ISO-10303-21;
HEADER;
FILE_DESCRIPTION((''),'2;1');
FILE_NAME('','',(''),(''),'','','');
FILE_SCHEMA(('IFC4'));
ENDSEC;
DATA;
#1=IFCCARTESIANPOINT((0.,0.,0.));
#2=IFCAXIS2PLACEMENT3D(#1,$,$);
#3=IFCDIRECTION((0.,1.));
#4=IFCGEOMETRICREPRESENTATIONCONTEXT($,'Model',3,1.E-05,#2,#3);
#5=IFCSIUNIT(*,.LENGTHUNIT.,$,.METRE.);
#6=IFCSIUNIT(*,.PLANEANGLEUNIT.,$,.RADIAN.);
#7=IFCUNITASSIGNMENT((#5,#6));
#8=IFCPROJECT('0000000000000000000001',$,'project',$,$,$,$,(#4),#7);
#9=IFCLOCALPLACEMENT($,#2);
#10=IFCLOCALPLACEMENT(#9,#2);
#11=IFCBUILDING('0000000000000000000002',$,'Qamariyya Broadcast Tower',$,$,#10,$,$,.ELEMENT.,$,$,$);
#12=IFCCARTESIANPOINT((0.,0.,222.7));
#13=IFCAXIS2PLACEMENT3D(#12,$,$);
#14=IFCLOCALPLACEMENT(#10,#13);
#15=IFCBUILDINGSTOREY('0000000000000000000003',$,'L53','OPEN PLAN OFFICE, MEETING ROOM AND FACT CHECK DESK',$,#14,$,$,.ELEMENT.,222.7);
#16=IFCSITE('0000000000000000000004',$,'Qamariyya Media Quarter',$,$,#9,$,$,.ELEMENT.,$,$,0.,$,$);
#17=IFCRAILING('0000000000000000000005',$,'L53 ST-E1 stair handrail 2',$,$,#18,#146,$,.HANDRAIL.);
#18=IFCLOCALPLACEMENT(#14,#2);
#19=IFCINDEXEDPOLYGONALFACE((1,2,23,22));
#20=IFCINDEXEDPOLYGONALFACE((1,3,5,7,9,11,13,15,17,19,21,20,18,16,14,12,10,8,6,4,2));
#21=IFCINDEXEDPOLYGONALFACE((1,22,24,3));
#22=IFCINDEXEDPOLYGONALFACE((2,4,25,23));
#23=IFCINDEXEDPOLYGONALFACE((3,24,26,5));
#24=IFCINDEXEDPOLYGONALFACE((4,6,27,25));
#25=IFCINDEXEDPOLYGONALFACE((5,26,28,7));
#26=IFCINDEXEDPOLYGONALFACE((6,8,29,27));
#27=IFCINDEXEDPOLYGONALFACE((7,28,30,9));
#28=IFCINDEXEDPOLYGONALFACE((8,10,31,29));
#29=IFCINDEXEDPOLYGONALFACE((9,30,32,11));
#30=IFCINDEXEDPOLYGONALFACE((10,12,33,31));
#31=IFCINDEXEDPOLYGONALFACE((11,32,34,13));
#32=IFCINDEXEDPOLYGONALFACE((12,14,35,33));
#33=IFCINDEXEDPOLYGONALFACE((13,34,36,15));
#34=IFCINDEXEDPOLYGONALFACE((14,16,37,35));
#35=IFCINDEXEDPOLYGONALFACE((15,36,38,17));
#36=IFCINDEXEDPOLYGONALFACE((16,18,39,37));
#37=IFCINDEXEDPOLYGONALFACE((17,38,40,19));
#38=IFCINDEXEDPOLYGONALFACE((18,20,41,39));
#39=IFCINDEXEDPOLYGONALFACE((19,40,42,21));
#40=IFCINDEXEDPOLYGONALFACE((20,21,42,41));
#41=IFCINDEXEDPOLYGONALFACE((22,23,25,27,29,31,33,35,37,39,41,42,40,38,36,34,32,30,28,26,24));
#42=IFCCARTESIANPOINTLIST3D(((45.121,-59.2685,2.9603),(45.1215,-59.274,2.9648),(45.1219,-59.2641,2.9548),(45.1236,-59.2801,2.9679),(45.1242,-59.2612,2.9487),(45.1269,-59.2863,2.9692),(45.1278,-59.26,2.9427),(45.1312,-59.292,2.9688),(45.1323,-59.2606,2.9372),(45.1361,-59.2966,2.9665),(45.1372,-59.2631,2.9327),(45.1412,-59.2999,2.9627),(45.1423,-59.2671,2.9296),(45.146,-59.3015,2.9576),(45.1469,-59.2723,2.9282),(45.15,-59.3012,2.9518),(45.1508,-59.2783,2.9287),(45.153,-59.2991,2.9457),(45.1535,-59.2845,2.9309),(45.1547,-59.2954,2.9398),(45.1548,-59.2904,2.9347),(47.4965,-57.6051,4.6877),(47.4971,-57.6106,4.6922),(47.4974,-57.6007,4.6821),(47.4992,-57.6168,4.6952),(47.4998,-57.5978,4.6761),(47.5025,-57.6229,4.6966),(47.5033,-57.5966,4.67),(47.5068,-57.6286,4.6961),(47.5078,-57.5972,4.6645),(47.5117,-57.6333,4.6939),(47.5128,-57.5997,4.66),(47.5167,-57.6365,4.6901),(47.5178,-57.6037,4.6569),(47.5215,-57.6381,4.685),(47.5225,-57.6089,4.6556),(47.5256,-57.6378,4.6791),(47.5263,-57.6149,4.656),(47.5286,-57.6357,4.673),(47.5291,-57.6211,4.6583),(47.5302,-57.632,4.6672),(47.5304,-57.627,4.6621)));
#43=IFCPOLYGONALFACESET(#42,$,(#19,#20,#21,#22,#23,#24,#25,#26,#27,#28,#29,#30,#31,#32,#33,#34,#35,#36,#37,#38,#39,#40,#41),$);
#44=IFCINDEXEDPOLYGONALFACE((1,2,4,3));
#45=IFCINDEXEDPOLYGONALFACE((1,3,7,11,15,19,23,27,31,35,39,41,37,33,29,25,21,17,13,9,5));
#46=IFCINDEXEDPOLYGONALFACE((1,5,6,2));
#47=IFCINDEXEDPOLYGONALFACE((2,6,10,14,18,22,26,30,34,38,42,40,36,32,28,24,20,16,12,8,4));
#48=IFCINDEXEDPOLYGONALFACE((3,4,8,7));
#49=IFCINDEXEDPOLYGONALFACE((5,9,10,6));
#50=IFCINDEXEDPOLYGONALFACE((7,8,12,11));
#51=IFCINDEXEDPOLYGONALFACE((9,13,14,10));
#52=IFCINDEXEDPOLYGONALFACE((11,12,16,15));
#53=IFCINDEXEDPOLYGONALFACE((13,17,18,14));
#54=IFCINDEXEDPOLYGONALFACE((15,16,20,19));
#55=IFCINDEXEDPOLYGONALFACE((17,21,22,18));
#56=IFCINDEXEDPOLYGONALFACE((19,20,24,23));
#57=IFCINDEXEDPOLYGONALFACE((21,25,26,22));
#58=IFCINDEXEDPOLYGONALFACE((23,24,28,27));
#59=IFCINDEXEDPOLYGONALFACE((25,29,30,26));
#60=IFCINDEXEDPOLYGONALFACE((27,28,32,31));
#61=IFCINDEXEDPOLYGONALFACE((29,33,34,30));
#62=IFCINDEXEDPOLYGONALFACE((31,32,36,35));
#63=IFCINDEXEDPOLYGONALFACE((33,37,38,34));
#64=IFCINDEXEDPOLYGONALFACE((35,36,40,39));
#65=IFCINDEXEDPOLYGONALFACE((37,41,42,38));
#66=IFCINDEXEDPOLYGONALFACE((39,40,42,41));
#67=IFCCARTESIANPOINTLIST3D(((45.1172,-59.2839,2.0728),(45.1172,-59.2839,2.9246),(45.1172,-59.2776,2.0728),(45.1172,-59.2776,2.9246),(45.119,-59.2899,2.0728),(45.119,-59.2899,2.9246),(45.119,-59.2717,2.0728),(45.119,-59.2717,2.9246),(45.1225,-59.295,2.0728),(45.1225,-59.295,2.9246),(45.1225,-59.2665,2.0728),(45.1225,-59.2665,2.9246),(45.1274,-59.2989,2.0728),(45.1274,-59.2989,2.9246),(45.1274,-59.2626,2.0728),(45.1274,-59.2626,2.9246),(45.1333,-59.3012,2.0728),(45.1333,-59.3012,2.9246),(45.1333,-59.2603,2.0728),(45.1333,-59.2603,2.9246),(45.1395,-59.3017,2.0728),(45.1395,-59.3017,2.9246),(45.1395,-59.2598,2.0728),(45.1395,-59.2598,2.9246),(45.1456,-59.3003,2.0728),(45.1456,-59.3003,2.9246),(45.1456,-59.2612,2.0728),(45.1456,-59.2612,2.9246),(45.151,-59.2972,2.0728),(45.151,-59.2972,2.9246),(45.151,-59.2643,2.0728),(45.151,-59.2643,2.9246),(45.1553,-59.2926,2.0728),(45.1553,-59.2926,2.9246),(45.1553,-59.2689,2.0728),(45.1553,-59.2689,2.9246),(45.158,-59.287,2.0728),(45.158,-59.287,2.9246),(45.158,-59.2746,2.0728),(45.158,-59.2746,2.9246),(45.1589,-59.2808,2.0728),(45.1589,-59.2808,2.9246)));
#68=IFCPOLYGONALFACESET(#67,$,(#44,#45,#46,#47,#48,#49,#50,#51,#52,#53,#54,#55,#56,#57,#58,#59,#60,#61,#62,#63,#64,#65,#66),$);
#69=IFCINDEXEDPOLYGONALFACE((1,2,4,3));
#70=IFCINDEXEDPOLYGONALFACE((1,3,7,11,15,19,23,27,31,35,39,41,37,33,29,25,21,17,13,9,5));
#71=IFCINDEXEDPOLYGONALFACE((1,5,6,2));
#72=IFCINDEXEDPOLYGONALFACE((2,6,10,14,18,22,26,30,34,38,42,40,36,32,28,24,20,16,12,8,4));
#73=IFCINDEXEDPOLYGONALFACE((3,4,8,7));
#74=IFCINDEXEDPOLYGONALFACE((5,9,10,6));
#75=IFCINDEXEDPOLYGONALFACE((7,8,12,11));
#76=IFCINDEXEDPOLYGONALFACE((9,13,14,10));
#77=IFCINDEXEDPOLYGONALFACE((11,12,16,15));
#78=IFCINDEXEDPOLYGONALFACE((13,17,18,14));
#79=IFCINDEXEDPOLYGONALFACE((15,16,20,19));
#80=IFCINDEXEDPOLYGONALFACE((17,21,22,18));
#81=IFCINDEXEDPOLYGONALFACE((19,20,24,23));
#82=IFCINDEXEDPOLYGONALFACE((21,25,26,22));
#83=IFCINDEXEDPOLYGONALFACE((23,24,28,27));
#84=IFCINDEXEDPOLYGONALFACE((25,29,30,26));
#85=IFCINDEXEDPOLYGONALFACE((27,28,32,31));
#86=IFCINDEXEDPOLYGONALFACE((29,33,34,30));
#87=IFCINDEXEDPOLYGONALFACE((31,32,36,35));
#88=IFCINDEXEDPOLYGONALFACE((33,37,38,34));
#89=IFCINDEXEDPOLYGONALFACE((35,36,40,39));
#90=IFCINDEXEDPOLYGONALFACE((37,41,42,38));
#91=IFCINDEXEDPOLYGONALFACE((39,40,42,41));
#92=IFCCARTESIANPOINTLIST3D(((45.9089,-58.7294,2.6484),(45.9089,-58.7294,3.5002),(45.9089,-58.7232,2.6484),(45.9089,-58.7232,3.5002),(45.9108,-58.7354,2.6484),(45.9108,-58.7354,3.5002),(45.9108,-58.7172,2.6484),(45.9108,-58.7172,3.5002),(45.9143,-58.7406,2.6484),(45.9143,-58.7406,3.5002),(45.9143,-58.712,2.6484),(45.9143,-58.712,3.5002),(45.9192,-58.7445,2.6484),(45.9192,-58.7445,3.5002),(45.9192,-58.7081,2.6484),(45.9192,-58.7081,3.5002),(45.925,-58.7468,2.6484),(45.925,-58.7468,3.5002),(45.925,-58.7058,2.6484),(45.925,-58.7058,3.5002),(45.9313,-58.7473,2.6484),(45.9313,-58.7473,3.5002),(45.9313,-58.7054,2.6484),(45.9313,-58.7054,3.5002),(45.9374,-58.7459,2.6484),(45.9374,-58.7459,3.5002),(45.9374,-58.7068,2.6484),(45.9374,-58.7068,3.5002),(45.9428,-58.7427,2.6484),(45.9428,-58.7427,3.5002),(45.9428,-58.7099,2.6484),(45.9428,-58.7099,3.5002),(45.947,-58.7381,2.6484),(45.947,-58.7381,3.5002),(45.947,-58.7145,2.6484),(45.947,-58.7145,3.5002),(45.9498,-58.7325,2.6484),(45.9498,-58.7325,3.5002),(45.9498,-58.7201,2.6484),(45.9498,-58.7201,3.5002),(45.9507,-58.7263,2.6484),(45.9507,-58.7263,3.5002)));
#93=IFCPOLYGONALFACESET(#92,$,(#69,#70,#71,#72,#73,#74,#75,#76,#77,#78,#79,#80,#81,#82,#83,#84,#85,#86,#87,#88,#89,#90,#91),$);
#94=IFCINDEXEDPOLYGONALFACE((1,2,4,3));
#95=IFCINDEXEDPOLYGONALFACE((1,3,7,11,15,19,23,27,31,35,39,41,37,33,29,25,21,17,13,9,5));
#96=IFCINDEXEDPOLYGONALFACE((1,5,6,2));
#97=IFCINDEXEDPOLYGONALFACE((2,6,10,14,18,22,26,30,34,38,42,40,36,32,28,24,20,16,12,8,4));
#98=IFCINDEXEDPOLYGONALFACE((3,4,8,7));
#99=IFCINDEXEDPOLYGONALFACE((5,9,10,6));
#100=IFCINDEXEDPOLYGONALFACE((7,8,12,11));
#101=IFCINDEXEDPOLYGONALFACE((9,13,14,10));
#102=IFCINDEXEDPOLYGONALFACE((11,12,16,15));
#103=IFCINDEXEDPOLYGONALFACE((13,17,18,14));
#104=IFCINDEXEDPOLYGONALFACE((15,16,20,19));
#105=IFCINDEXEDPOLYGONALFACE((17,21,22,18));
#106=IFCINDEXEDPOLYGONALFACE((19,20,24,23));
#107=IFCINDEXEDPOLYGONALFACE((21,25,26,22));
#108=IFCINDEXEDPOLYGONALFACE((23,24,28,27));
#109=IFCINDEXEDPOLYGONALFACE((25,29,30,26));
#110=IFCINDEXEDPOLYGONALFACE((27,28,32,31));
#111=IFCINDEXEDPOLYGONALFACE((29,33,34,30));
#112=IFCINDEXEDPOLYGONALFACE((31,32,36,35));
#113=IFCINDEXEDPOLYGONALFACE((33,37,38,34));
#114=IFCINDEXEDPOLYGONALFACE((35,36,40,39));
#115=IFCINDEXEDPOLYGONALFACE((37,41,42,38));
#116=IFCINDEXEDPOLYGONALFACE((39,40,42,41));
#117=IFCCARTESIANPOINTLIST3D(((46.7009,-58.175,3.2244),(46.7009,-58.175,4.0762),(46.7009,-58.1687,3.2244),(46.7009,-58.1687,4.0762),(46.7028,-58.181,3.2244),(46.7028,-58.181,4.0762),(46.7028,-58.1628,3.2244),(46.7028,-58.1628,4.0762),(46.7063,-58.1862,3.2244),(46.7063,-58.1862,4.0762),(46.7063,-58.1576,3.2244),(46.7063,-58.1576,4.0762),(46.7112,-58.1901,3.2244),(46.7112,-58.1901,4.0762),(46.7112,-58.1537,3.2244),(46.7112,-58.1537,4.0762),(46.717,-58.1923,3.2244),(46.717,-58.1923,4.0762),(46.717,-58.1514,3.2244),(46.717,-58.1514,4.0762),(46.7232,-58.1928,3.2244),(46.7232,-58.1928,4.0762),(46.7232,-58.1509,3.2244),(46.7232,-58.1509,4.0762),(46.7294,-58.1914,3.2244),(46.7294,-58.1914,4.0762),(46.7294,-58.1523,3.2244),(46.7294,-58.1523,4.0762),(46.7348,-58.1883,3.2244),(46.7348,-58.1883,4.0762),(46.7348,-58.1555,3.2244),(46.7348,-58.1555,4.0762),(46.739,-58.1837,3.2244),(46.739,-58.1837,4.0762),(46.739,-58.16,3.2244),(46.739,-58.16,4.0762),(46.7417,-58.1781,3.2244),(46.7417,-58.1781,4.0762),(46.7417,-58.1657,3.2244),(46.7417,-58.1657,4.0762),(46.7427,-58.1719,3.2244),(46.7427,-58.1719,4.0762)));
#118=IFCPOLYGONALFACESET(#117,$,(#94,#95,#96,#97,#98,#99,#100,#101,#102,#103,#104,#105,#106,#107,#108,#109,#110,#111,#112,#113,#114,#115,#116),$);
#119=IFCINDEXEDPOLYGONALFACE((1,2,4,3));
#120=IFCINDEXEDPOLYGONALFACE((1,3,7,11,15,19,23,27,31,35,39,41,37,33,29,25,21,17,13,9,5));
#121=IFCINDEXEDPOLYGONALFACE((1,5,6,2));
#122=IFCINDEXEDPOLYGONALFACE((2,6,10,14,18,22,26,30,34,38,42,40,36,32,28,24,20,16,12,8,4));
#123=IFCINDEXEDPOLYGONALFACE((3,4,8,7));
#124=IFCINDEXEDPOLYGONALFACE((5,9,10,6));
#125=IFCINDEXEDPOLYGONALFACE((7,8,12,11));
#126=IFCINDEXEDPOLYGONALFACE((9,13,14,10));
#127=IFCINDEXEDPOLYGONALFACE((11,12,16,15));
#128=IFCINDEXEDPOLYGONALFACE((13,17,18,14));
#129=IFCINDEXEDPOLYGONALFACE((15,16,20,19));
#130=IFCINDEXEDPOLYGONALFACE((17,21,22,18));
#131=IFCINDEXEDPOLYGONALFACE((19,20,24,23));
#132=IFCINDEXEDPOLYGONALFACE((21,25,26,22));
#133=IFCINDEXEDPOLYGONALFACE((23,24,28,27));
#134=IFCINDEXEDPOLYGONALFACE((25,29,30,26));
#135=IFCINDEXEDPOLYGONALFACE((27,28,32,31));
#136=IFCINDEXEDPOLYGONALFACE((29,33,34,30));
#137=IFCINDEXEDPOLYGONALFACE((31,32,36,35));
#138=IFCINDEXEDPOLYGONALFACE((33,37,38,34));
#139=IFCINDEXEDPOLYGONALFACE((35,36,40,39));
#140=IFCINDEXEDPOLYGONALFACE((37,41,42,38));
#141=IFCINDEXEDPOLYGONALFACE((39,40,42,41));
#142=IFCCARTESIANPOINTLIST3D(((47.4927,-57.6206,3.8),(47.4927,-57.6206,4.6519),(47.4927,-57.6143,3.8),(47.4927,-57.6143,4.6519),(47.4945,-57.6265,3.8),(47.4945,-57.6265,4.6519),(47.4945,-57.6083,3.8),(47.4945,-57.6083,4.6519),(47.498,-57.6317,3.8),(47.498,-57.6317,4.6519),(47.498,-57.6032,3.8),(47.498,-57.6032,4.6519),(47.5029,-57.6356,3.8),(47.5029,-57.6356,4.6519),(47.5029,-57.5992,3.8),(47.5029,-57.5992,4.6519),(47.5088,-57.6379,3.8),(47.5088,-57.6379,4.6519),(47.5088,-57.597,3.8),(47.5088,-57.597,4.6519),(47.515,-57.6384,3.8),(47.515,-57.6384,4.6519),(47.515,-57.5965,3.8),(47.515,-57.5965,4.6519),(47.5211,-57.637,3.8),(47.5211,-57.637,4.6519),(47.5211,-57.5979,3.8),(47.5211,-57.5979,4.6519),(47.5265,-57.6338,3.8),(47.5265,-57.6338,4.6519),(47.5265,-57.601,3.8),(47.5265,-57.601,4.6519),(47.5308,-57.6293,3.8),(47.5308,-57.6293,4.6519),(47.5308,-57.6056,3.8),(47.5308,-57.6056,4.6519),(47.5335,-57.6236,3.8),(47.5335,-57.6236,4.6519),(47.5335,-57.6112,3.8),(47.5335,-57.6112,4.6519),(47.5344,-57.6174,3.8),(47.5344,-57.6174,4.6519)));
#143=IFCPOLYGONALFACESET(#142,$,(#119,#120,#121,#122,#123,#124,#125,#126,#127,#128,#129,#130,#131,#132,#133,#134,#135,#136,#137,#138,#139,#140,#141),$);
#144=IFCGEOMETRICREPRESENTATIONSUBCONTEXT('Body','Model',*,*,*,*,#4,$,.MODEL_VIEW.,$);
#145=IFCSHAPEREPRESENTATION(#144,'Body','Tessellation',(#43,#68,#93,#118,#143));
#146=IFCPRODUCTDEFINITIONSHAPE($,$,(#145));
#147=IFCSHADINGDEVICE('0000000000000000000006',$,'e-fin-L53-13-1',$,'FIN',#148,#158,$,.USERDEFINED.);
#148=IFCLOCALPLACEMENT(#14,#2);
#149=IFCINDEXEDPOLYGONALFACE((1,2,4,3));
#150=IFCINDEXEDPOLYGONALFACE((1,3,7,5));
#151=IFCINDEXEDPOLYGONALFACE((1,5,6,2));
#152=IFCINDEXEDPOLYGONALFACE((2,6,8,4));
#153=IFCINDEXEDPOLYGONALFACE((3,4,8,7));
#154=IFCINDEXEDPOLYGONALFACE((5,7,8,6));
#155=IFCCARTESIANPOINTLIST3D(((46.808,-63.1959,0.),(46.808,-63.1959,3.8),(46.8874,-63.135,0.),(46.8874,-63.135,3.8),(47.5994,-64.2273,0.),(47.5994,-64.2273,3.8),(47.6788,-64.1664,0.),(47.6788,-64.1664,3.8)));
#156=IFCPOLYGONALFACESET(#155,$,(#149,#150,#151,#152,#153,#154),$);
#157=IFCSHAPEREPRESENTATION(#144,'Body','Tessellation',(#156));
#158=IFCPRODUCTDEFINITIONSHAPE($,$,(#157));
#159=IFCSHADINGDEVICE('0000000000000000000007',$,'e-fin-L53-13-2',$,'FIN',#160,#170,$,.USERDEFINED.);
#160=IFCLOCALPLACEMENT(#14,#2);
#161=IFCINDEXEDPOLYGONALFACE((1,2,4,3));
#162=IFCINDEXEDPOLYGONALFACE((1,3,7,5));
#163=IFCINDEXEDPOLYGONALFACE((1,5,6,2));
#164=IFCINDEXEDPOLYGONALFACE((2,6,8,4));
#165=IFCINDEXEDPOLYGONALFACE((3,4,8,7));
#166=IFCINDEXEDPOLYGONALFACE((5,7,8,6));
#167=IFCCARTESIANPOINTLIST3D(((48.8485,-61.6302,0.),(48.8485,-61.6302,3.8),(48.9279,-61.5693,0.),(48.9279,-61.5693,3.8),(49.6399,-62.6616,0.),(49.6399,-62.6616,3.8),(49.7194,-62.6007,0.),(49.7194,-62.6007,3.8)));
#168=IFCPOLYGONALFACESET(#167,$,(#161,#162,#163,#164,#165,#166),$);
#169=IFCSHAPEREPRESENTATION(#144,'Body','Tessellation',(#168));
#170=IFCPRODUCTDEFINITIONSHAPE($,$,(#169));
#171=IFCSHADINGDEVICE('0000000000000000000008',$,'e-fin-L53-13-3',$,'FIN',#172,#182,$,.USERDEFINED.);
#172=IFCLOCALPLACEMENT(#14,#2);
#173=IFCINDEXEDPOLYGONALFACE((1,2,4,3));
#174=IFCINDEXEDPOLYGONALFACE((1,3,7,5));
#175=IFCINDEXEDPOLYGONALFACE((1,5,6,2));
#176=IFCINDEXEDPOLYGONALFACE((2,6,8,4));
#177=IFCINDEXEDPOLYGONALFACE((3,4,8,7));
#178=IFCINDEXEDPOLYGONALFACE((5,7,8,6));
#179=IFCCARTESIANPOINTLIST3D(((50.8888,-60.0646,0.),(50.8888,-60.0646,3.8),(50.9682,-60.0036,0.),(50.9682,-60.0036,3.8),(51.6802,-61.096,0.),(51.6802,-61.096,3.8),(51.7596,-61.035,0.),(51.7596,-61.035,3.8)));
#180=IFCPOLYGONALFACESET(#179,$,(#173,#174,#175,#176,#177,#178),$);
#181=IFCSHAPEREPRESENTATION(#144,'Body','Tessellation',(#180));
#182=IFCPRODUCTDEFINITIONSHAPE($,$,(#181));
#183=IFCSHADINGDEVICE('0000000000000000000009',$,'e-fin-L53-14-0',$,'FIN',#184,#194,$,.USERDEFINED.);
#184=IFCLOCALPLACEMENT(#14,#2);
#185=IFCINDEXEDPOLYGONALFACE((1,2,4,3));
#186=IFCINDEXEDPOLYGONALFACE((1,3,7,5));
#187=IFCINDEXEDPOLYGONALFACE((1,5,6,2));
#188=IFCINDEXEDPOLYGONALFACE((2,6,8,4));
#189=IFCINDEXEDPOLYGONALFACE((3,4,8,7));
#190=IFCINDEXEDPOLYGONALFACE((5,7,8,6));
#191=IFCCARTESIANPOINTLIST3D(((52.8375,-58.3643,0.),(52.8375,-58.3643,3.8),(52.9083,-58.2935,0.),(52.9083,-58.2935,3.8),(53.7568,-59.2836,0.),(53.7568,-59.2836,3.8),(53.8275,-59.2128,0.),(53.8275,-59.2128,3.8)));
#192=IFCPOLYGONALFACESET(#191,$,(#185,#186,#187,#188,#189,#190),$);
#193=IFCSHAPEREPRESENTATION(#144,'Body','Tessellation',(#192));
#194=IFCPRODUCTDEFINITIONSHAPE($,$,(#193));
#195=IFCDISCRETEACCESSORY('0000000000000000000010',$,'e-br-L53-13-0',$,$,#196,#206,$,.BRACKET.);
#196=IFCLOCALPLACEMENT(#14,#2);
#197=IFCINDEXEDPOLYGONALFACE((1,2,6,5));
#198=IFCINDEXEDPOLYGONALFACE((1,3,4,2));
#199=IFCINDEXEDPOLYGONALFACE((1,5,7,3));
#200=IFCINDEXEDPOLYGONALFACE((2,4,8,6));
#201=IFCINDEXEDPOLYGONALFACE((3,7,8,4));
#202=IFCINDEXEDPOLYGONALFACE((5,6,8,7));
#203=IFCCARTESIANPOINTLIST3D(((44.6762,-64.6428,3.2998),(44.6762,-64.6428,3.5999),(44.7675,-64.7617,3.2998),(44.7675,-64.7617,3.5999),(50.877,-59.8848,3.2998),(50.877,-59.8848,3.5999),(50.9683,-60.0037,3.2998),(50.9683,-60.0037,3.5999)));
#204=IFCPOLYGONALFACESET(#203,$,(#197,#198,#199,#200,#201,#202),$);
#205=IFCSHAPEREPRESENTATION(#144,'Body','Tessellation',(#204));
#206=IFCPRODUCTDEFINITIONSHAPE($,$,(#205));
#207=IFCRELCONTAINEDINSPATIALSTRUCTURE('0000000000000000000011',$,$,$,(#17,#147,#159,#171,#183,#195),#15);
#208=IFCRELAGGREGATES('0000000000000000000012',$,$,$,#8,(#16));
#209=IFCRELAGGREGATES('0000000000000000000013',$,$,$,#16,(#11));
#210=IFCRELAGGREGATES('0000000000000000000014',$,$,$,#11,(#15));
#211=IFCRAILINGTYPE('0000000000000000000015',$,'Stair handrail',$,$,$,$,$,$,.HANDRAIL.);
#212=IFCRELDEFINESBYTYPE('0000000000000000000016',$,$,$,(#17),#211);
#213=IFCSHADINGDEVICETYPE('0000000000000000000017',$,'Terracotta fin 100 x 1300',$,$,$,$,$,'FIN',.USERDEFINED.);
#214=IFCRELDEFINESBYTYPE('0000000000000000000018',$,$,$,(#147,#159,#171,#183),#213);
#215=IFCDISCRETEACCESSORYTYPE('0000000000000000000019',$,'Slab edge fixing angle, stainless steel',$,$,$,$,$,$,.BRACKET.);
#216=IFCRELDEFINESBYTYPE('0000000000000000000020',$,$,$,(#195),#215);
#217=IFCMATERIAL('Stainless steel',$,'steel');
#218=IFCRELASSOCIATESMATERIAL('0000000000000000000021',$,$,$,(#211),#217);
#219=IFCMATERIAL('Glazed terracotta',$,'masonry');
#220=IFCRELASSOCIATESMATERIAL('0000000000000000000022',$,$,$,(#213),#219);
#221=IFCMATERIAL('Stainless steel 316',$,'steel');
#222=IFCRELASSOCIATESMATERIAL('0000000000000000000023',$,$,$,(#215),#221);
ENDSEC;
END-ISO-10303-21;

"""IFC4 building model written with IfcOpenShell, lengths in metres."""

from ifc_helpers import new_model, si_unit, direction, frame, origin, origin_2d, place, context, subcontext, project, spatial, rectangle, circle, extrude, material, material_profile, profile_set, type_object, element, save


model = new_model("IFC4")

# Units and contexts
model_context = context("Model", 3, precision=1e-05, world=origin(), true_north=direction((0.0, 1.0)))
body_context = subcontext(model_context, "Body", "Model", "MODEL_VIEW")
ifc_project = project(units=[si_unit("LENGTHUNIT", "METRE"), si_unit("PLANEANGLEUNIT", "RADIAN")], contexts=[model_context])

# Site, building, storey
site_placement = place(None, origin())
site = spatial("IfcSite", under=ifc_project, at=site_placement, Name="Qamariyya Media Quarter", CompositionType="ELEMENT", RefElevation=0.0)
building_placement = place(site_placement, origin())
building = spatial("IfcBuilding", under=site, at=building_placement, Name="Qamariyya Broadcast Tower", CompositionType="ELEMENT")
storey_placement = place(building_placement, frame((0.0, 0.0, 222.7)))
storey = spatial("IfcBuildingStorey", under=building, at=storey_placement, Name="L53", Description="OPEN PLAN OFFICE, MEETING ROOM AND FACT CHECK DESK", CompositionType="ELEMENT", Elevation=222.7)

# Railing
ifc_material_1 = material(Name="Stainless steel", Category="steel")
railing_type_1 = type_object("IfcRailingType", Name="Stair handrail", PredefinedType="HANDRAIL", material=ifc_material_1)
railing_1_placement = place(storey_placement, frame((45.1379, -59.2808, 2.0728)))
element("IfcRailing", 1, at=railing_1_placement, inside=storey, type_object=railing_type_1, Name="L53 ST-E1 stair handrail 2", PredefinedType="HANDRAIL", context=body_context, shape_type="SweptSolid", body=[
    extrude(circle(Radius=0.0239, at=origin_2d()), frame((0.0, 0.0, 0.876), z_axis=(0.70377, 0.492784, 0.511734), x_axis=(-0.573575, 0.819153, 0.0)), (0.0, 0.0, 1.0), 3.3755),
    extrude(circle(Radius=0.021, at=origin_2d()), origin(), (0.0, 0.0, 1.0), 0.8518),
    extrude(circle(Radius=0.021, at=origin_2d()), frame((0.7917, 0.5544, 0.5757)), (0.0, 0.0, 1.0), 0.8518),
    extrude(circle(Radius=0.021, at=origin_2d()), frame((1.5837, 1.1089, 1.1516)), (0.0, 0.0, 1.0), 0.8518),
    extrude(circle(Radius=0.021, at=origin_2d()), frame((2.3755, 1.6633, 1.7273)), (0.0, 0.0, 1.0), 0.8518),
])

# Shading devices
ifc_material_2 = material(Name="Glazed terracotta", Category="masonry")
ifc_material_profile_1 = material_profile(ifc_material_2, rectangle(XDim=1.3, YDim=0.1001, at=origin_2d()))
ifc_profile_set_1 = profile_set([ifc_material_profile_1], Name="Glazed terracotta")
shading_device_type_1 = type_object("IfcShadingDeviceType", Name="Terracotta fin 100 x 1300", ElementType="FIN", PredefinedType="USERDEFINED", material=ifc_profile_set_1)
for number, where, z_axis, x_axis, name in (
    (2, (47.2434, -63.6812, 0.0), (0.0, 0.0, 1.0), (0.608761, -0.793353, 0.0), "e-fin-L53-13-1"),
    (3, (49.2839, -62.1155, 0.0), (0.0, 0.0, 1.0), (0.608761, -0.793353, 0.0), "e-fin-L53-13-2"),
    (4, (51.3242, -60.5498, 0.0), (0.0, 0.0, 1.0), (0.608761, -0.793353, 0.0), "e-fin-L53-13-3"),
    (5, (53.3325, -58.7886, 0.0), (0.0, 0.0, 1.0), (0.707107, -0.707107, 0.0), "e-fin-L53-14-0"),
):
    element("IfcShadingDevice", number, at=place(storey_placement, frame(where, z_axis=z_axis, x_axis=x_axis)), inside=storey, type_object=shading_device_type_1, Name=name, ObjectType="FIN", PredefinedType="USERDEFINED", context=body_context, shape_type="SweptSolid", body=[
        extrude(rectangle(XDim=1.3, YDim=0.1001, at=origin_2d()), origin(), (0.0, 0.0, 1.0), 3.8),
    ])

# Discrete accessory
ifc_material_3 = material(Name="Stainless steel 316", Category="steel")
discrete_accessory_type = type_object("IfcDiscreteAccessoryType", Name="Slab edge fixing angle, stainless steel", PredefinedType="BRACKET", material=ifc_material_3)
discrete_accessory_placement = place(storey_placement, frame((47.8223, -62.3232, 3.2998), z_axis=(0.0, 0.0, 1.0), x_axis=(0.793353, 0.608761, 0.0)))
element("IfcDiscreteAccessory", 6, at=discrete_accessory_placement, inside=storey, type_object=discrete_accessory_type, Name="e-br-L53-13-0", PredefinedType="BRACKET", context=body_context, shape_type="SweptSolid", body=[
    extrude(rectangle(XDim=7.8159, YDim=0.1499, at=origin_2d()), origin(), (0.0, 0.0, 1.0), 0.3),
])

save(model, "model.ifc")
